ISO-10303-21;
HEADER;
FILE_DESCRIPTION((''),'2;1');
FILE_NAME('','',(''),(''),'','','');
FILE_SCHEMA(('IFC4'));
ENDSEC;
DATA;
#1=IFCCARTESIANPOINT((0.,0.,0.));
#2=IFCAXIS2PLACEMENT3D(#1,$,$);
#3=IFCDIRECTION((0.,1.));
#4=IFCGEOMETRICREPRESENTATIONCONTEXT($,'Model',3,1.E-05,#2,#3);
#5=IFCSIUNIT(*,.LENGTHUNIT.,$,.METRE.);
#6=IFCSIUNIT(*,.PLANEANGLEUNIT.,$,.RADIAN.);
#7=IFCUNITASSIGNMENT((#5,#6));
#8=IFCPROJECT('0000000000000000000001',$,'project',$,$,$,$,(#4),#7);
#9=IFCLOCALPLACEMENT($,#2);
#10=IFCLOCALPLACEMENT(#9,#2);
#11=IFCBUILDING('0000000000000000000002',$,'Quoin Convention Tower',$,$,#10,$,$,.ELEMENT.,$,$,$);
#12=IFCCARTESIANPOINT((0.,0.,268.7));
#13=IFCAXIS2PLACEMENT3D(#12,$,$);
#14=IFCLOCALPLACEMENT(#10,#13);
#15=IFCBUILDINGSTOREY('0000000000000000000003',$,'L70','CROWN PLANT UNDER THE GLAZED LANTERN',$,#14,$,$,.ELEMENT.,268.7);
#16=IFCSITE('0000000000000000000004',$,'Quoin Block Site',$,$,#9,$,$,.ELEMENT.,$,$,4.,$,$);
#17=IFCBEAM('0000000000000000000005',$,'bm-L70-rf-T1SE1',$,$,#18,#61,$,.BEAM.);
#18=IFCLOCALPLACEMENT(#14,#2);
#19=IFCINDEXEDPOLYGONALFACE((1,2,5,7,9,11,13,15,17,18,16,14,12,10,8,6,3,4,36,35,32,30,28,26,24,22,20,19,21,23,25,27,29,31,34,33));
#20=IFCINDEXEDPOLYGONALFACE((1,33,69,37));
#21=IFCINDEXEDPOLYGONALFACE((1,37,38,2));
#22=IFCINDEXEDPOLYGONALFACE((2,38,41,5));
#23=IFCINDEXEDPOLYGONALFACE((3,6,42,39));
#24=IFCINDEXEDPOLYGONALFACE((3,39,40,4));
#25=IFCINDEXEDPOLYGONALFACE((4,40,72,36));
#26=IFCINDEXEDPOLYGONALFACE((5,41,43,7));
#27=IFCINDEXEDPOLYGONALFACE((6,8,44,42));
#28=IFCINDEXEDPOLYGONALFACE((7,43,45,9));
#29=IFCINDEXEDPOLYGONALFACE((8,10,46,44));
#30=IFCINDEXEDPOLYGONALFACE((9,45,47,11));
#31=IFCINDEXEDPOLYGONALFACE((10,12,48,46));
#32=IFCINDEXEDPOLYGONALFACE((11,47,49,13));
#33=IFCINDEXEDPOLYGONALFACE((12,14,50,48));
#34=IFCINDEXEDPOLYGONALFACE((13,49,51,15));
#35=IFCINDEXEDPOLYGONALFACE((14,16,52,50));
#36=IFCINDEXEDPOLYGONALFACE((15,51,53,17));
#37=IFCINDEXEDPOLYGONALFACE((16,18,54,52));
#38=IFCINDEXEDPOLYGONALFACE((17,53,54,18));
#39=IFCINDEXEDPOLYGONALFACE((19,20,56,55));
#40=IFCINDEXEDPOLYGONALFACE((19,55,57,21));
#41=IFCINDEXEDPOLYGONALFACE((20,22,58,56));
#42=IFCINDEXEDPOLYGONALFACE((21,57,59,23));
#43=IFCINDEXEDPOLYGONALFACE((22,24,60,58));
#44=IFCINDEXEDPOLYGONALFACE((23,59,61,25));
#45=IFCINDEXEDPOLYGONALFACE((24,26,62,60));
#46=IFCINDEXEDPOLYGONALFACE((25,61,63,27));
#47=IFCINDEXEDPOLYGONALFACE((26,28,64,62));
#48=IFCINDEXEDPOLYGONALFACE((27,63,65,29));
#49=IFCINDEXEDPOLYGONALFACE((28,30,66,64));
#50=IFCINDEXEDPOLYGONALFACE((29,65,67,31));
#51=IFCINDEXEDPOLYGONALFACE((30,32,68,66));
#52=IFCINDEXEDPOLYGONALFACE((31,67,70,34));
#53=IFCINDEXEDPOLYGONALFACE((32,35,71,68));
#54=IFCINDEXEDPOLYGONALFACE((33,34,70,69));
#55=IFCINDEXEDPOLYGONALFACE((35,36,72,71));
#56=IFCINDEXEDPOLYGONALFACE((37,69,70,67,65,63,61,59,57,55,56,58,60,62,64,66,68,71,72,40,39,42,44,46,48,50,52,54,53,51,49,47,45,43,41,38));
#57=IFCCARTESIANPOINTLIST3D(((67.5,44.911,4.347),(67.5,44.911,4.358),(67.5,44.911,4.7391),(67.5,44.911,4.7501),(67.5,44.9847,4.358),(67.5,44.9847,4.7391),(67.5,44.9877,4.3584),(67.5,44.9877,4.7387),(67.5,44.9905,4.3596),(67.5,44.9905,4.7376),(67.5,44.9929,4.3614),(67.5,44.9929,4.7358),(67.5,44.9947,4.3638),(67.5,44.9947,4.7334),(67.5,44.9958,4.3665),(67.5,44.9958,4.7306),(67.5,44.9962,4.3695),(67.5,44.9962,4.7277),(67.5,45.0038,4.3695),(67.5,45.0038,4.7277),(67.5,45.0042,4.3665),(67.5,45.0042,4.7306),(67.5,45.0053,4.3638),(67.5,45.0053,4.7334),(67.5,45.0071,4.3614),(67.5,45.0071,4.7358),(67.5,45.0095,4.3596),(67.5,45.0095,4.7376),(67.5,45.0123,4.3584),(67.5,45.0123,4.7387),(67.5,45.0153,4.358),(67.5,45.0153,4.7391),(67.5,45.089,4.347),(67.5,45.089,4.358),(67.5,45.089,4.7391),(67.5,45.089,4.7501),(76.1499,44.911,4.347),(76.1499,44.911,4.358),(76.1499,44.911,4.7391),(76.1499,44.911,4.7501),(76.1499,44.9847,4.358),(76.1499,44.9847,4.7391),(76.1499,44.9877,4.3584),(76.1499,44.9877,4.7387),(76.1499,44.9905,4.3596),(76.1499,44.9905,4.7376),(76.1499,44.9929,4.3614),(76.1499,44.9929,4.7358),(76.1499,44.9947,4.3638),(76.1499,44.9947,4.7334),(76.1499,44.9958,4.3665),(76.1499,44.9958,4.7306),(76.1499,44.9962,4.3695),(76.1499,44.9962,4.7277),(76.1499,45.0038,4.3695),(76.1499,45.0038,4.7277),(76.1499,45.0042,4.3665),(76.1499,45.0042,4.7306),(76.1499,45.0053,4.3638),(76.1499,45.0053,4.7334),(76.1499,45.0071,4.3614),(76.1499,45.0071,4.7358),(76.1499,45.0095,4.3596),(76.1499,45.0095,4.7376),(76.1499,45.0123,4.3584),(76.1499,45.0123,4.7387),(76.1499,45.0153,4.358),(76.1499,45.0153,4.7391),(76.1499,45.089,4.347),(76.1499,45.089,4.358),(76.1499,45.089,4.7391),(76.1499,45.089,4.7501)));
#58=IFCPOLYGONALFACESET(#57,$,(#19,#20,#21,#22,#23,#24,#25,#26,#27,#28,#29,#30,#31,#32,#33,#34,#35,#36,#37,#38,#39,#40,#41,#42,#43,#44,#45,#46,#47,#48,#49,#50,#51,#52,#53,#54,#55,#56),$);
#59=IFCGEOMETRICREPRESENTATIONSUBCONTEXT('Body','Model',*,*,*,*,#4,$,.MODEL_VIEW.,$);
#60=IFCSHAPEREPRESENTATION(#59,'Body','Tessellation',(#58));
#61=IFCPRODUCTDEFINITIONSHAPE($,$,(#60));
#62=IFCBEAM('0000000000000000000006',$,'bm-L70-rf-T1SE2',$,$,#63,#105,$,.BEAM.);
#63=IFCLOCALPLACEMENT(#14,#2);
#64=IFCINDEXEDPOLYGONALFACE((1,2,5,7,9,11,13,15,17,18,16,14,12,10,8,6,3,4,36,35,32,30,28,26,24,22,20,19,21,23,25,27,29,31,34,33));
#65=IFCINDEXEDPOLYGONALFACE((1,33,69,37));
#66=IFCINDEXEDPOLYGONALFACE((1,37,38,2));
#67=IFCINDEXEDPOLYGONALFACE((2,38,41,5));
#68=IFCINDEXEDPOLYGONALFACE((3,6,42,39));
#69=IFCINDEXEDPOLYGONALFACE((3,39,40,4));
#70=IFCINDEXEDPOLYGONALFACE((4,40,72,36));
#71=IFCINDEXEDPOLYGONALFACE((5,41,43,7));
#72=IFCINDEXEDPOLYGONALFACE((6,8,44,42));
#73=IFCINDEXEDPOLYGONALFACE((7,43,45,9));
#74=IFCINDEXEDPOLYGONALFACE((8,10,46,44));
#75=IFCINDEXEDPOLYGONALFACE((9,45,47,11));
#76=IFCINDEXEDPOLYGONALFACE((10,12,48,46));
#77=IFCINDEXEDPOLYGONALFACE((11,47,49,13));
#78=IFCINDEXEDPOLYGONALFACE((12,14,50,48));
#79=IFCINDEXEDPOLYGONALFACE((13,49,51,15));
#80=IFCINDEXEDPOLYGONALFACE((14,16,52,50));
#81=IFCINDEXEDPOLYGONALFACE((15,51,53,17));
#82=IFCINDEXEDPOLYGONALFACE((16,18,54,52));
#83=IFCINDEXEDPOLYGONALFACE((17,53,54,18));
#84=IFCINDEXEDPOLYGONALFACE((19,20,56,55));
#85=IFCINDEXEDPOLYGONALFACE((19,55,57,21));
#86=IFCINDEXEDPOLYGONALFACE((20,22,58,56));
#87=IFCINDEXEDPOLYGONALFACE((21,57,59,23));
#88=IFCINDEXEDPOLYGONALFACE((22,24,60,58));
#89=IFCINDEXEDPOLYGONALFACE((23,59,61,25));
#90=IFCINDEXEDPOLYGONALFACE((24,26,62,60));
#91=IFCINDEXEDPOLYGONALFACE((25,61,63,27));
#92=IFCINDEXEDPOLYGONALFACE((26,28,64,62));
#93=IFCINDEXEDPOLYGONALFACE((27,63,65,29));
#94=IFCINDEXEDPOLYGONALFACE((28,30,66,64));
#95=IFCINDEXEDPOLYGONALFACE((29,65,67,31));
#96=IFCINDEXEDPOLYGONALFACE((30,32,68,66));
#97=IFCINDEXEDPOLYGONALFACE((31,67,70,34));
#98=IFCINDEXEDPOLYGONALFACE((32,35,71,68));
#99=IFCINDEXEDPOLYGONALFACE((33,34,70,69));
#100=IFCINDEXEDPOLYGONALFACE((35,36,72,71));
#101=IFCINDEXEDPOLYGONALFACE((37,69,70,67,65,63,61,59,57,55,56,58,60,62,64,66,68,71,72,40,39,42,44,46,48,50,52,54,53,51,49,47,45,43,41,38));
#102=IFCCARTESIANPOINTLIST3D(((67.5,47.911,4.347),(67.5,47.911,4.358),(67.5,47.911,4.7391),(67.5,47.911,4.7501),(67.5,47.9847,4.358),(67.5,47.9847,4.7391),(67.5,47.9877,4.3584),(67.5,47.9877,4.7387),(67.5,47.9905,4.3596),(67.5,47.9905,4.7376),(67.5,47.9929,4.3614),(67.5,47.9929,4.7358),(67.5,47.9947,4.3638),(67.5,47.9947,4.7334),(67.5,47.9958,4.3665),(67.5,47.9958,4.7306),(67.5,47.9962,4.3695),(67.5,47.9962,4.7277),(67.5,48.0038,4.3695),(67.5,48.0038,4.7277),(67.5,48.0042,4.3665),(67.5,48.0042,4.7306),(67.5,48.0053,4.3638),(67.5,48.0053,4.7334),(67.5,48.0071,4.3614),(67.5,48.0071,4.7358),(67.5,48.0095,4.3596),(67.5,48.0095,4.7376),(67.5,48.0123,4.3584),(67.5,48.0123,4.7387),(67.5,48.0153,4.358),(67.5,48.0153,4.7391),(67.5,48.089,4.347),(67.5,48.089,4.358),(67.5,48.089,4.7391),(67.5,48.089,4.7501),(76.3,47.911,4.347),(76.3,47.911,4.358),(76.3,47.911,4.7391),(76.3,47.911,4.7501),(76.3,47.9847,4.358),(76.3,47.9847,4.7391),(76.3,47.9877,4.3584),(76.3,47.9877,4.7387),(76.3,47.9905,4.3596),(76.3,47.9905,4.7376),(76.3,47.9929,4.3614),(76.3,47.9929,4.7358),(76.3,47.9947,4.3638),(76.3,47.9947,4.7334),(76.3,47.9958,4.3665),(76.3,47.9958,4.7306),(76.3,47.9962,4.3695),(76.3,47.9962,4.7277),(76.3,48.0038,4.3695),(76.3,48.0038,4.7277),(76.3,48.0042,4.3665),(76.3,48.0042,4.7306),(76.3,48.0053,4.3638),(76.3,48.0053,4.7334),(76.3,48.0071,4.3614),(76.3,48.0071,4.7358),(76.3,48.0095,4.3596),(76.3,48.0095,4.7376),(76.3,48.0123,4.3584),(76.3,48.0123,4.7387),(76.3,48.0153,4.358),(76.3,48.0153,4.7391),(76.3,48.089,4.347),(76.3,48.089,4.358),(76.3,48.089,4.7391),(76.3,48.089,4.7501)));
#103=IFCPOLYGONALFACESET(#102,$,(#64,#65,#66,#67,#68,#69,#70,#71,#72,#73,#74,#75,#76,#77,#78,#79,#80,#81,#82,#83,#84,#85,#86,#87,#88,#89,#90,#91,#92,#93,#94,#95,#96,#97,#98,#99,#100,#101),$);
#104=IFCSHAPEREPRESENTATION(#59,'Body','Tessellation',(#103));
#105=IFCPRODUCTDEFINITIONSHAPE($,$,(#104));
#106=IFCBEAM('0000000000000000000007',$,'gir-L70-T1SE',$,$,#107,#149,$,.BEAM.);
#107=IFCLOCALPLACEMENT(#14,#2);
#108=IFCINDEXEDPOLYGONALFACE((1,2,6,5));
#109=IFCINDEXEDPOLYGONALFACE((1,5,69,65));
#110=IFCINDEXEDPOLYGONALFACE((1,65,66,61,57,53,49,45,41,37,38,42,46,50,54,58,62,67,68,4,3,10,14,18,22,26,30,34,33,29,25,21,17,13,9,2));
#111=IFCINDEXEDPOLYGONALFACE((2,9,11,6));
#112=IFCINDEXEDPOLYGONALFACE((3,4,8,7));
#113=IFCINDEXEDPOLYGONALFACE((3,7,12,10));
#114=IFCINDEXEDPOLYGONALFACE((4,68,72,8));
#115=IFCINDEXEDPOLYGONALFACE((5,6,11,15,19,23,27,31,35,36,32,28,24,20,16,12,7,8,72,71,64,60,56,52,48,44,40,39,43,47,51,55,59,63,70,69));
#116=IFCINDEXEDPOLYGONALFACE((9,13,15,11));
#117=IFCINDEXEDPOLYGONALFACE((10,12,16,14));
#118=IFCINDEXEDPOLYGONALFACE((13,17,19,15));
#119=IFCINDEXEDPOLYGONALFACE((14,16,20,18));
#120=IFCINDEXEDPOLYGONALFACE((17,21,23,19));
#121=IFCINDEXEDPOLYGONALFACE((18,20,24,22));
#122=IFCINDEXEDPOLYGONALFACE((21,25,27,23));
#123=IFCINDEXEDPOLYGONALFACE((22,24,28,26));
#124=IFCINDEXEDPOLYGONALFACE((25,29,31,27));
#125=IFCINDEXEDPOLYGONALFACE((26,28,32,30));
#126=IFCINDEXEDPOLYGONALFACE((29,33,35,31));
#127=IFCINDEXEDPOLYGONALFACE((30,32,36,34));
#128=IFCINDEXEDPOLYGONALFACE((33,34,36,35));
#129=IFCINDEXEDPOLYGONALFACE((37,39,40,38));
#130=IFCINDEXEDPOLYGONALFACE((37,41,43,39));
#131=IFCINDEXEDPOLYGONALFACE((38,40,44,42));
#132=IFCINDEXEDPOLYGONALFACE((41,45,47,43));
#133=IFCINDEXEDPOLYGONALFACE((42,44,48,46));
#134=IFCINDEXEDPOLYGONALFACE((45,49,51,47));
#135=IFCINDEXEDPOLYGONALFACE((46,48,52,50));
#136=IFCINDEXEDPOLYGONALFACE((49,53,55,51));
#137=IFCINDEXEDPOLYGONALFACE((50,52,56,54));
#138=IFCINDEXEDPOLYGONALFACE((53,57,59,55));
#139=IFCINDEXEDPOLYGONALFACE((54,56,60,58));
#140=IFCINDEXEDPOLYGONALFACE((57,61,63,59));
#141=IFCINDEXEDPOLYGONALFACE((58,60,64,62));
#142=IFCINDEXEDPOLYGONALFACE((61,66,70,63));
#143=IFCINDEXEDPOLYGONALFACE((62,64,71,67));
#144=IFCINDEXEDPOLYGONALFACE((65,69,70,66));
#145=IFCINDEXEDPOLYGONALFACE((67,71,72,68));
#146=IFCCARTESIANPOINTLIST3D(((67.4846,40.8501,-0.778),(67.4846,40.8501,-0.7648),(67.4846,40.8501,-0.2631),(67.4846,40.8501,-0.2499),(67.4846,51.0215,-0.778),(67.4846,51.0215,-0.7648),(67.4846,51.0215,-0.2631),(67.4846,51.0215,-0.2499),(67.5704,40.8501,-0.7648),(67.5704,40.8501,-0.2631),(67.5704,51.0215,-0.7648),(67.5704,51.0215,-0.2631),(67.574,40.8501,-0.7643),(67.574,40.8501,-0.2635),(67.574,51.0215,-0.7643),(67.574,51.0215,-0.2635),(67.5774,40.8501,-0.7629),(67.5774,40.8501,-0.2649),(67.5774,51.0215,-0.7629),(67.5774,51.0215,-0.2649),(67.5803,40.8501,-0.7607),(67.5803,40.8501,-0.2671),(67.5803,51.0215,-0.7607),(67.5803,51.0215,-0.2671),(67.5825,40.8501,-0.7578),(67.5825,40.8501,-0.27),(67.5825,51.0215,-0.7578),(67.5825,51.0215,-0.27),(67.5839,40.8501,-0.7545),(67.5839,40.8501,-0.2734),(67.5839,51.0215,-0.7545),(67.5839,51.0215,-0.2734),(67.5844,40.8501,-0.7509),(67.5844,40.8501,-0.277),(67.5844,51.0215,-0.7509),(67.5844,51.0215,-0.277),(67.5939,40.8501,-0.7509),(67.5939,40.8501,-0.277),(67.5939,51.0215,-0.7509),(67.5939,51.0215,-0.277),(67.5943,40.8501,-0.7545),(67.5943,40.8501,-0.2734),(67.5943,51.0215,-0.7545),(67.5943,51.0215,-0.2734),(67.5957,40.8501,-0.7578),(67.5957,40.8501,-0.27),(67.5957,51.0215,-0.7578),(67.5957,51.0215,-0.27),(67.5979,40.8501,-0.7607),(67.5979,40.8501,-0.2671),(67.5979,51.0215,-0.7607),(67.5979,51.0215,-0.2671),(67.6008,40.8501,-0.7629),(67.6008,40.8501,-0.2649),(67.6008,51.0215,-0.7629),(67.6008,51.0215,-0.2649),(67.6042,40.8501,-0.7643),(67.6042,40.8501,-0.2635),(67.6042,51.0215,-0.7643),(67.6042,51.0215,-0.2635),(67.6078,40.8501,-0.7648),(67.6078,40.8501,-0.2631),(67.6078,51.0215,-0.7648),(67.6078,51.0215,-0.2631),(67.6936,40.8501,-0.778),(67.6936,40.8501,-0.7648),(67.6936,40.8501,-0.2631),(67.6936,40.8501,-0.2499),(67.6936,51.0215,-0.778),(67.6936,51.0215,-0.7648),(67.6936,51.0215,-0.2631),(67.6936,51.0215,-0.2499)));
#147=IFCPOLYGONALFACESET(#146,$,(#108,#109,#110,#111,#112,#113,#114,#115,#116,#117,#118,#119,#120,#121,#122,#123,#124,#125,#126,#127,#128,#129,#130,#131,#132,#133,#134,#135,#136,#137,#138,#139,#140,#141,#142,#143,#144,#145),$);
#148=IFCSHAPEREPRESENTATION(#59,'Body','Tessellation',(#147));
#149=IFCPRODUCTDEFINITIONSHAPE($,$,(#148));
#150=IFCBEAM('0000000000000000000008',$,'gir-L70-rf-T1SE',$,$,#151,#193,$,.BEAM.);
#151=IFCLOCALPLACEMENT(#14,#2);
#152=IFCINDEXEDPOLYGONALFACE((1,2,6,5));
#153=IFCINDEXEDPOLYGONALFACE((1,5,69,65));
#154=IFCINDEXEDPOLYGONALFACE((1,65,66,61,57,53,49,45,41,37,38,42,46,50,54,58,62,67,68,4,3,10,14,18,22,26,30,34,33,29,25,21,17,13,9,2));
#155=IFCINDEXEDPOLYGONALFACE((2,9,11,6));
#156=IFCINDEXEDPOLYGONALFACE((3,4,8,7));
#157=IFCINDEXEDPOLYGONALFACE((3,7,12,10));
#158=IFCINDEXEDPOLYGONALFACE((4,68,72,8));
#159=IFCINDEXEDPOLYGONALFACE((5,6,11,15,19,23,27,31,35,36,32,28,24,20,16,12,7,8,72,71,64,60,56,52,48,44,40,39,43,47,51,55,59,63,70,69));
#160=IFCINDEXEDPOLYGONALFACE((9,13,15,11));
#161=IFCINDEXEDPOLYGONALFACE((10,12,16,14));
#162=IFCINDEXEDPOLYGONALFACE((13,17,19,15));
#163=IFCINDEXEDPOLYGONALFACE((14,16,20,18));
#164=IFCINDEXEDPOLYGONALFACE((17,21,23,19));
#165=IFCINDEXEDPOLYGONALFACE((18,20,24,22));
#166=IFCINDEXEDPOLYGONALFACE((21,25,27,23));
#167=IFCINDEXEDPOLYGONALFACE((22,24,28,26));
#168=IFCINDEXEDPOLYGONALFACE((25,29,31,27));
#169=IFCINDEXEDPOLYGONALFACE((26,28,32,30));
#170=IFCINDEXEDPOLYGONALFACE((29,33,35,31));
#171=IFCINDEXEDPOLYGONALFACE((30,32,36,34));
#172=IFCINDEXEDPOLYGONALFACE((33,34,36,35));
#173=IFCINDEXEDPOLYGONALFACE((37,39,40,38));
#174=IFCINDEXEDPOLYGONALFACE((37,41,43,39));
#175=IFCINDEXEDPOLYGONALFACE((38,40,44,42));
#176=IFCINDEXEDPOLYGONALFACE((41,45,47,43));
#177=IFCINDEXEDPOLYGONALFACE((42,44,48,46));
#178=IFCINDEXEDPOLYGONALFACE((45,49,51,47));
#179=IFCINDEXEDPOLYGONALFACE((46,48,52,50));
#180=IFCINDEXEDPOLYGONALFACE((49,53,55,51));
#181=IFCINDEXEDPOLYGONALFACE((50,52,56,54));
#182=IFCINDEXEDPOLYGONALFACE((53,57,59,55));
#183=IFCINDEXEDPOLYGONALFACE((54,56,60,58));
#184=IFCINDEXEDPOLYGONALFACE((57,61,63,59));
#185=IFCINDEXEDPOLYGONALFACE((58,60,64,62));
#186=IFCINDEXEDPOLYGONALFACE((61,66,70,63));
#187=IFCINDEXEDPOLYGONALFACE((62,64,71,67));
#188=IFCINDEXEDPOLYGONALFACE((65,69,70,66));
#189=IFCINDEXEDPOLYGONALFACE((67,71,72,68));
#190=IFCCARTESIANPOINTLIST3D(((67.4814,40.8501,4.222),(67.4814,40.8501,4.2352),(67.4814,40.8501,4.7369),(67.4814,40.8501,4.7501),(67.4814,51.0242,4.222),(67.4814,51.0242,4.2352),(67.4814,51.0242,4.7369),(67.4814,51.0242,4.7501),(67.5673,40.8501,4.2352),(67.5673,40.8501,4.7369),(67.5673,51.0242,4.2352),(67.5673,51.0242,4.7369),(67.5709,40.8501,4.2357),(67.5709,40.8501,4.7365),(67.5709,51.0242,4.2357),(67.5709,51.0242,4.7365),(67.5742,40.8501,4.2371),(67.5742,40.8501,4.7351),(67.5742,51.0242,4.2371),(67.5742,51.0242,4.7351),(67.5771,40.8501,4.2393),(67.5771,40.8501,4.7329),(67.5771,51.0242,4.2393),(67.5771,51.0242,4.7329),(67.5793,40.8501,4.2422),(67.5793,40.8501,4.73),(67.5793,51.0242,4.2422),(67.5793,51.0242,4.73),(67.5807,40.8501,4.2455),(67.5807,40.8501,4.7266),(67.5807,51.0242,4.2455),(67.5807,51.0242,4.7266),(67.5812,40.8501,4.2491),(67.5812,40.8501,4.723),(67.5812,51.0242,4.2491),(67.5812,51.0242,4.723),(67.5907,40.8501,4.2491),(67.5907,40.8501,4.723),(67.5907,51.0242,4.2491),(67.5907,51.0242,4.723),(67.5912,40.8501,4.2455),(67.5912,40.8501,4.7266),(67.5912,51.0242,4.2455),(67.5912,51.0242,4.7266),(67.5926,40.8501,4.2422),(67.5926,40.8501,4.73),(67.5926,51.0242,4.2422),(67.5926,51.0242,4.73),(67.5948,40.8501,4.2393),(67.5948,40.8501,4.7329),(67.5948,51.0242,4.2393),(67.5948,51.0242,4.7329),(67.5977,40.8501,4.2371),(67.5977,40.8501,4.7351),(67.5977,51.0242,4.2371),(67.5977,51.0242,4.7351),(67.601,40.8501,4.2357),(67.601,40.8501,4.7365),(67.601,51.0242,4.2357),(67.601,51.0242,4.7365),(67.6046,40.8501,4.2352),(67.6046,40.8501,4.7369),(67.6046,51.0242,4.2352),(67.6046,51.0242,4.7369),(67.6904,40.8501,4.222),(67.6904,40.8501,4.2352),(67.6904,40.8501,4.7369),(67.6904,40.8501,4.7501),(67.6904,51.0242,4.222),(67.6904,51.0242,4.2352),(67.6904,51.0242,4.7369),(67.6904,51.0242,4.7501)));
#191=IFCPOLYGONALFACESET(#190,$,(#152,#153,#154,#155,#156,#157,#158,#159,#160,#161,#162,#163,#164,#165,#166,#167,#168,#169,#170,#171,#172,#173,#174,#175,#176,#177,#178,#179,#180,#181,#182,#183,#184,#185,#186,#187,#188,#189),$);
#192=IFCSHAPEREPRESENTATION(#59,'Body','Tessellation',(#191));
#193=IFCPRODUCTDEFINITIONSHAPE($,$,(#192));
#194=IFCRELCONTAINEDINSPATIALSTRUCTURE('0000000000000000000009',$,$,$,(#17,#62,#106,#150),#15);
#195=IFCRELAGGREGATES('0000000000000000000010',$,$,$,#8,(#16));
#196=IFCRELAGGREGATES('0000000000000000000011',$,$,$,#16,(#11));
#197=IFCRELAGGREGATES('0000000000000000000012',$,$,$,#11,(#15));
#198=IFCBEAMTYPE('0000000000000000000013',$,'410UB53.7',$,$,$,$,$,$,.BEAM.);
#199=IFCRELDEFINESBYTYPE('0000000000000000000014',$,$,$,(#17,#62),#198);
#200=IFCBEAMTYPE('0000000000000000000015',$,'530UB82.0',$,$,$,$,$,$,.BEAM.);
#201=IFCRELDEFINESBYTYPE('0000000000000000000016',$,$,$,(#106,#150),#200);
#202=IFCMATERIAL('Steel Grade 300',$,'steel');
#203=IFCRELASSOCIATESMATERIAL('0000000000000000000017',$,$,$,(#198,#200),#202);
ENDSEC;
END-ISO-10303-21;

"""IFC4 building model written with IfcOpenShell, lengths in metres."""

from ifc_helpers import new_model, si_unit, direction, frame, origin, origin_2d, place, context, subcontext, project, spatial, i_section, extrude, material, material_profile, profile_set, type_object, element, save


model = new_model("IFC4")

# Units and contexts
model_context = context("Model", 3, precision=1e-05, world=origin(), true_north=direction((0.0, 1.0)))
body_context = subcontext(model_context, "Body", "Model", "MODEL_VIEW")
ifc_project = project(units=[si_unit("LENGTHUNIT", "METRE"), si_unit("PLANEANGLEUNIT", "RADIAN")], contexts=[model_context])

# Site, building, storey
site_placement = place(None, origin())
site = spatial("IfcSite", under=ifc_project, at=site_placement, Name="Quoin Block Site", CompositionType="ELEMENT", RefElevation=4.0)
building_placement = place(site_placement, origin())
building = spatial("IfcBuilding", under=site, at=building_placement, Name="Quoin Convention Tower", CompositionType="ELEMENT")
storey_placement = place(building_placement, frame((0.0, 0.0, 268.7)))
storey = spatial("IfcBuildingStorey", under=building, at=storey_placement, Name="L70", Description="CROWN PLANT UNDER THE GLAZED LANTERN", CompositionType="ELEMENT", Elevation=268.7)

# Beams
ifc_material_1 = material(Name="Steel Grade 300", Category="steel")
ifc_material_profile_1 = material_profile(ifc_material_1, i_section(OverallWidth=0.178, OverallDepth=0.4031, WebThickness=0.0076, FlangeThickness=0.011, FilletRadius=0.0115, at=origin_2d()), Name="410UB53.7")
ifc_profile_set_1 = profile_set([ifc_material_profile_1], Name="Steel Grade 300")
beam_type_1 = type_object("IfcBeamType", Name="410UB53.7", PredefinedType="BEAM", material=ifc_profile_set_1)
beam_1_placement = place(storey_placement, frame((67.5, 45.0, 4.5486), z_axis=(1.0, 0.0, 0.0), x_axis=(0.0, 1.0, 0.0)))
element("IfcBeam", 1, at=beam_1_placement, inside=storey, type_object=beam_type_1, Name="bm-L70-rf-T1SE1", PredefinedType="BEAM", context=body_context, shape_type="SweptSolid", body=[
    extrude(i_section(OverallWidth=0.178, OverallDepth=0.4031, WebThickness=0.0076, FlangeThickness=0.011, FilletRadius=0.0115, at=origin_2d()), origin(), (0.0, 0.0, 1.0), 8.6499),
])
beam_2_placement = place(storey_placement, frame((67.5, 48.0, 4.5486), z_axis=(1.0, 0.0, 0.0), x_axis=(0.0, 1.0, 0.0)))
element("IfcBeam", 2, at=beam_2_placement, inside=storey, type_object=beam_type_1, Name="bm-L70-rf-T1SE2", PredefinedType="BEAM", context=body_context, shape_type="SweptSolid", body=[
    extrude(i_section(OverallWidth=0.178, OverallDepth=0.4031, WebThickness=0.0076, FlangeThickness=0.011, FilletRadius=0.0115, at=origin_2d()), origin(), (0.0, 0.0, 1.0), 8.8),
])
ifc_material_profile_2 = material_profile(ifc_material_1, i_section(OverallWidth=0.209, OverallDepth=0.5281, WebThickness=0.0095, FlangeThickness=0.0132, FilletRadius=0.0139, at=origin_2d()), Name="530UB82.0")
ifc_profile_set_2 = profile_set([ifc_material_profile_2], Name="Steel Grade 300")
beam_type_2 = type_object("IfcBeamType", Name="530UB82.0", PredefinedType="BEAM", material=ifc_profile_set_2)
beam_3_placement = place(storey_placement, frame((67.5891, 40.8501, -0.5139), z_axis=(0.0, 1.0, 0.0), x_axis=(-1.0, 0.0, 0.0)))
element("IfcBeam", 3, at=beam_3_placement, inside=storey, type_object=beam_type_2, Name="gir-L70-T1SE", PredefinedType="BEAM", context=body_context, shape_type="SweptSolid", body=[
    extrude(i_section(OverallWidth=0.209, OverallDepth=0.5281, WebThickness=0.0095, FlangeThickness=0.0132, FilletRadius=0.0139, at=origin_2d()), origin(), (0.0, 0.0, 1.0), 10.1714),
])
beam_4_placement = place(storey_placement, frame((67.5859, 40.8501, 4.4861), z_axis=(0.0, 1.0, 0.0), x_axis=(-1.0, 0.0, 0.0)))
element("IfcBeam", 4, at=beam_4_placement, inside=storey, type_object=beam_type_2, Name="gir-L70-rf-T1SE", PredefinedType="BEAM", context=body_context, shape_type="SweptSolid", body=[
    extrude(i_section(OverallWidth=0.209, OverallDepth=0.5281, WebThickness=0.0095, FlangeThickness=0.0132, FilletRadius=0.0139, at=origin_2d()), origin(), (0.0, 0.0, 1.0), 10.1741),
])

save(model, "model.ifc")
